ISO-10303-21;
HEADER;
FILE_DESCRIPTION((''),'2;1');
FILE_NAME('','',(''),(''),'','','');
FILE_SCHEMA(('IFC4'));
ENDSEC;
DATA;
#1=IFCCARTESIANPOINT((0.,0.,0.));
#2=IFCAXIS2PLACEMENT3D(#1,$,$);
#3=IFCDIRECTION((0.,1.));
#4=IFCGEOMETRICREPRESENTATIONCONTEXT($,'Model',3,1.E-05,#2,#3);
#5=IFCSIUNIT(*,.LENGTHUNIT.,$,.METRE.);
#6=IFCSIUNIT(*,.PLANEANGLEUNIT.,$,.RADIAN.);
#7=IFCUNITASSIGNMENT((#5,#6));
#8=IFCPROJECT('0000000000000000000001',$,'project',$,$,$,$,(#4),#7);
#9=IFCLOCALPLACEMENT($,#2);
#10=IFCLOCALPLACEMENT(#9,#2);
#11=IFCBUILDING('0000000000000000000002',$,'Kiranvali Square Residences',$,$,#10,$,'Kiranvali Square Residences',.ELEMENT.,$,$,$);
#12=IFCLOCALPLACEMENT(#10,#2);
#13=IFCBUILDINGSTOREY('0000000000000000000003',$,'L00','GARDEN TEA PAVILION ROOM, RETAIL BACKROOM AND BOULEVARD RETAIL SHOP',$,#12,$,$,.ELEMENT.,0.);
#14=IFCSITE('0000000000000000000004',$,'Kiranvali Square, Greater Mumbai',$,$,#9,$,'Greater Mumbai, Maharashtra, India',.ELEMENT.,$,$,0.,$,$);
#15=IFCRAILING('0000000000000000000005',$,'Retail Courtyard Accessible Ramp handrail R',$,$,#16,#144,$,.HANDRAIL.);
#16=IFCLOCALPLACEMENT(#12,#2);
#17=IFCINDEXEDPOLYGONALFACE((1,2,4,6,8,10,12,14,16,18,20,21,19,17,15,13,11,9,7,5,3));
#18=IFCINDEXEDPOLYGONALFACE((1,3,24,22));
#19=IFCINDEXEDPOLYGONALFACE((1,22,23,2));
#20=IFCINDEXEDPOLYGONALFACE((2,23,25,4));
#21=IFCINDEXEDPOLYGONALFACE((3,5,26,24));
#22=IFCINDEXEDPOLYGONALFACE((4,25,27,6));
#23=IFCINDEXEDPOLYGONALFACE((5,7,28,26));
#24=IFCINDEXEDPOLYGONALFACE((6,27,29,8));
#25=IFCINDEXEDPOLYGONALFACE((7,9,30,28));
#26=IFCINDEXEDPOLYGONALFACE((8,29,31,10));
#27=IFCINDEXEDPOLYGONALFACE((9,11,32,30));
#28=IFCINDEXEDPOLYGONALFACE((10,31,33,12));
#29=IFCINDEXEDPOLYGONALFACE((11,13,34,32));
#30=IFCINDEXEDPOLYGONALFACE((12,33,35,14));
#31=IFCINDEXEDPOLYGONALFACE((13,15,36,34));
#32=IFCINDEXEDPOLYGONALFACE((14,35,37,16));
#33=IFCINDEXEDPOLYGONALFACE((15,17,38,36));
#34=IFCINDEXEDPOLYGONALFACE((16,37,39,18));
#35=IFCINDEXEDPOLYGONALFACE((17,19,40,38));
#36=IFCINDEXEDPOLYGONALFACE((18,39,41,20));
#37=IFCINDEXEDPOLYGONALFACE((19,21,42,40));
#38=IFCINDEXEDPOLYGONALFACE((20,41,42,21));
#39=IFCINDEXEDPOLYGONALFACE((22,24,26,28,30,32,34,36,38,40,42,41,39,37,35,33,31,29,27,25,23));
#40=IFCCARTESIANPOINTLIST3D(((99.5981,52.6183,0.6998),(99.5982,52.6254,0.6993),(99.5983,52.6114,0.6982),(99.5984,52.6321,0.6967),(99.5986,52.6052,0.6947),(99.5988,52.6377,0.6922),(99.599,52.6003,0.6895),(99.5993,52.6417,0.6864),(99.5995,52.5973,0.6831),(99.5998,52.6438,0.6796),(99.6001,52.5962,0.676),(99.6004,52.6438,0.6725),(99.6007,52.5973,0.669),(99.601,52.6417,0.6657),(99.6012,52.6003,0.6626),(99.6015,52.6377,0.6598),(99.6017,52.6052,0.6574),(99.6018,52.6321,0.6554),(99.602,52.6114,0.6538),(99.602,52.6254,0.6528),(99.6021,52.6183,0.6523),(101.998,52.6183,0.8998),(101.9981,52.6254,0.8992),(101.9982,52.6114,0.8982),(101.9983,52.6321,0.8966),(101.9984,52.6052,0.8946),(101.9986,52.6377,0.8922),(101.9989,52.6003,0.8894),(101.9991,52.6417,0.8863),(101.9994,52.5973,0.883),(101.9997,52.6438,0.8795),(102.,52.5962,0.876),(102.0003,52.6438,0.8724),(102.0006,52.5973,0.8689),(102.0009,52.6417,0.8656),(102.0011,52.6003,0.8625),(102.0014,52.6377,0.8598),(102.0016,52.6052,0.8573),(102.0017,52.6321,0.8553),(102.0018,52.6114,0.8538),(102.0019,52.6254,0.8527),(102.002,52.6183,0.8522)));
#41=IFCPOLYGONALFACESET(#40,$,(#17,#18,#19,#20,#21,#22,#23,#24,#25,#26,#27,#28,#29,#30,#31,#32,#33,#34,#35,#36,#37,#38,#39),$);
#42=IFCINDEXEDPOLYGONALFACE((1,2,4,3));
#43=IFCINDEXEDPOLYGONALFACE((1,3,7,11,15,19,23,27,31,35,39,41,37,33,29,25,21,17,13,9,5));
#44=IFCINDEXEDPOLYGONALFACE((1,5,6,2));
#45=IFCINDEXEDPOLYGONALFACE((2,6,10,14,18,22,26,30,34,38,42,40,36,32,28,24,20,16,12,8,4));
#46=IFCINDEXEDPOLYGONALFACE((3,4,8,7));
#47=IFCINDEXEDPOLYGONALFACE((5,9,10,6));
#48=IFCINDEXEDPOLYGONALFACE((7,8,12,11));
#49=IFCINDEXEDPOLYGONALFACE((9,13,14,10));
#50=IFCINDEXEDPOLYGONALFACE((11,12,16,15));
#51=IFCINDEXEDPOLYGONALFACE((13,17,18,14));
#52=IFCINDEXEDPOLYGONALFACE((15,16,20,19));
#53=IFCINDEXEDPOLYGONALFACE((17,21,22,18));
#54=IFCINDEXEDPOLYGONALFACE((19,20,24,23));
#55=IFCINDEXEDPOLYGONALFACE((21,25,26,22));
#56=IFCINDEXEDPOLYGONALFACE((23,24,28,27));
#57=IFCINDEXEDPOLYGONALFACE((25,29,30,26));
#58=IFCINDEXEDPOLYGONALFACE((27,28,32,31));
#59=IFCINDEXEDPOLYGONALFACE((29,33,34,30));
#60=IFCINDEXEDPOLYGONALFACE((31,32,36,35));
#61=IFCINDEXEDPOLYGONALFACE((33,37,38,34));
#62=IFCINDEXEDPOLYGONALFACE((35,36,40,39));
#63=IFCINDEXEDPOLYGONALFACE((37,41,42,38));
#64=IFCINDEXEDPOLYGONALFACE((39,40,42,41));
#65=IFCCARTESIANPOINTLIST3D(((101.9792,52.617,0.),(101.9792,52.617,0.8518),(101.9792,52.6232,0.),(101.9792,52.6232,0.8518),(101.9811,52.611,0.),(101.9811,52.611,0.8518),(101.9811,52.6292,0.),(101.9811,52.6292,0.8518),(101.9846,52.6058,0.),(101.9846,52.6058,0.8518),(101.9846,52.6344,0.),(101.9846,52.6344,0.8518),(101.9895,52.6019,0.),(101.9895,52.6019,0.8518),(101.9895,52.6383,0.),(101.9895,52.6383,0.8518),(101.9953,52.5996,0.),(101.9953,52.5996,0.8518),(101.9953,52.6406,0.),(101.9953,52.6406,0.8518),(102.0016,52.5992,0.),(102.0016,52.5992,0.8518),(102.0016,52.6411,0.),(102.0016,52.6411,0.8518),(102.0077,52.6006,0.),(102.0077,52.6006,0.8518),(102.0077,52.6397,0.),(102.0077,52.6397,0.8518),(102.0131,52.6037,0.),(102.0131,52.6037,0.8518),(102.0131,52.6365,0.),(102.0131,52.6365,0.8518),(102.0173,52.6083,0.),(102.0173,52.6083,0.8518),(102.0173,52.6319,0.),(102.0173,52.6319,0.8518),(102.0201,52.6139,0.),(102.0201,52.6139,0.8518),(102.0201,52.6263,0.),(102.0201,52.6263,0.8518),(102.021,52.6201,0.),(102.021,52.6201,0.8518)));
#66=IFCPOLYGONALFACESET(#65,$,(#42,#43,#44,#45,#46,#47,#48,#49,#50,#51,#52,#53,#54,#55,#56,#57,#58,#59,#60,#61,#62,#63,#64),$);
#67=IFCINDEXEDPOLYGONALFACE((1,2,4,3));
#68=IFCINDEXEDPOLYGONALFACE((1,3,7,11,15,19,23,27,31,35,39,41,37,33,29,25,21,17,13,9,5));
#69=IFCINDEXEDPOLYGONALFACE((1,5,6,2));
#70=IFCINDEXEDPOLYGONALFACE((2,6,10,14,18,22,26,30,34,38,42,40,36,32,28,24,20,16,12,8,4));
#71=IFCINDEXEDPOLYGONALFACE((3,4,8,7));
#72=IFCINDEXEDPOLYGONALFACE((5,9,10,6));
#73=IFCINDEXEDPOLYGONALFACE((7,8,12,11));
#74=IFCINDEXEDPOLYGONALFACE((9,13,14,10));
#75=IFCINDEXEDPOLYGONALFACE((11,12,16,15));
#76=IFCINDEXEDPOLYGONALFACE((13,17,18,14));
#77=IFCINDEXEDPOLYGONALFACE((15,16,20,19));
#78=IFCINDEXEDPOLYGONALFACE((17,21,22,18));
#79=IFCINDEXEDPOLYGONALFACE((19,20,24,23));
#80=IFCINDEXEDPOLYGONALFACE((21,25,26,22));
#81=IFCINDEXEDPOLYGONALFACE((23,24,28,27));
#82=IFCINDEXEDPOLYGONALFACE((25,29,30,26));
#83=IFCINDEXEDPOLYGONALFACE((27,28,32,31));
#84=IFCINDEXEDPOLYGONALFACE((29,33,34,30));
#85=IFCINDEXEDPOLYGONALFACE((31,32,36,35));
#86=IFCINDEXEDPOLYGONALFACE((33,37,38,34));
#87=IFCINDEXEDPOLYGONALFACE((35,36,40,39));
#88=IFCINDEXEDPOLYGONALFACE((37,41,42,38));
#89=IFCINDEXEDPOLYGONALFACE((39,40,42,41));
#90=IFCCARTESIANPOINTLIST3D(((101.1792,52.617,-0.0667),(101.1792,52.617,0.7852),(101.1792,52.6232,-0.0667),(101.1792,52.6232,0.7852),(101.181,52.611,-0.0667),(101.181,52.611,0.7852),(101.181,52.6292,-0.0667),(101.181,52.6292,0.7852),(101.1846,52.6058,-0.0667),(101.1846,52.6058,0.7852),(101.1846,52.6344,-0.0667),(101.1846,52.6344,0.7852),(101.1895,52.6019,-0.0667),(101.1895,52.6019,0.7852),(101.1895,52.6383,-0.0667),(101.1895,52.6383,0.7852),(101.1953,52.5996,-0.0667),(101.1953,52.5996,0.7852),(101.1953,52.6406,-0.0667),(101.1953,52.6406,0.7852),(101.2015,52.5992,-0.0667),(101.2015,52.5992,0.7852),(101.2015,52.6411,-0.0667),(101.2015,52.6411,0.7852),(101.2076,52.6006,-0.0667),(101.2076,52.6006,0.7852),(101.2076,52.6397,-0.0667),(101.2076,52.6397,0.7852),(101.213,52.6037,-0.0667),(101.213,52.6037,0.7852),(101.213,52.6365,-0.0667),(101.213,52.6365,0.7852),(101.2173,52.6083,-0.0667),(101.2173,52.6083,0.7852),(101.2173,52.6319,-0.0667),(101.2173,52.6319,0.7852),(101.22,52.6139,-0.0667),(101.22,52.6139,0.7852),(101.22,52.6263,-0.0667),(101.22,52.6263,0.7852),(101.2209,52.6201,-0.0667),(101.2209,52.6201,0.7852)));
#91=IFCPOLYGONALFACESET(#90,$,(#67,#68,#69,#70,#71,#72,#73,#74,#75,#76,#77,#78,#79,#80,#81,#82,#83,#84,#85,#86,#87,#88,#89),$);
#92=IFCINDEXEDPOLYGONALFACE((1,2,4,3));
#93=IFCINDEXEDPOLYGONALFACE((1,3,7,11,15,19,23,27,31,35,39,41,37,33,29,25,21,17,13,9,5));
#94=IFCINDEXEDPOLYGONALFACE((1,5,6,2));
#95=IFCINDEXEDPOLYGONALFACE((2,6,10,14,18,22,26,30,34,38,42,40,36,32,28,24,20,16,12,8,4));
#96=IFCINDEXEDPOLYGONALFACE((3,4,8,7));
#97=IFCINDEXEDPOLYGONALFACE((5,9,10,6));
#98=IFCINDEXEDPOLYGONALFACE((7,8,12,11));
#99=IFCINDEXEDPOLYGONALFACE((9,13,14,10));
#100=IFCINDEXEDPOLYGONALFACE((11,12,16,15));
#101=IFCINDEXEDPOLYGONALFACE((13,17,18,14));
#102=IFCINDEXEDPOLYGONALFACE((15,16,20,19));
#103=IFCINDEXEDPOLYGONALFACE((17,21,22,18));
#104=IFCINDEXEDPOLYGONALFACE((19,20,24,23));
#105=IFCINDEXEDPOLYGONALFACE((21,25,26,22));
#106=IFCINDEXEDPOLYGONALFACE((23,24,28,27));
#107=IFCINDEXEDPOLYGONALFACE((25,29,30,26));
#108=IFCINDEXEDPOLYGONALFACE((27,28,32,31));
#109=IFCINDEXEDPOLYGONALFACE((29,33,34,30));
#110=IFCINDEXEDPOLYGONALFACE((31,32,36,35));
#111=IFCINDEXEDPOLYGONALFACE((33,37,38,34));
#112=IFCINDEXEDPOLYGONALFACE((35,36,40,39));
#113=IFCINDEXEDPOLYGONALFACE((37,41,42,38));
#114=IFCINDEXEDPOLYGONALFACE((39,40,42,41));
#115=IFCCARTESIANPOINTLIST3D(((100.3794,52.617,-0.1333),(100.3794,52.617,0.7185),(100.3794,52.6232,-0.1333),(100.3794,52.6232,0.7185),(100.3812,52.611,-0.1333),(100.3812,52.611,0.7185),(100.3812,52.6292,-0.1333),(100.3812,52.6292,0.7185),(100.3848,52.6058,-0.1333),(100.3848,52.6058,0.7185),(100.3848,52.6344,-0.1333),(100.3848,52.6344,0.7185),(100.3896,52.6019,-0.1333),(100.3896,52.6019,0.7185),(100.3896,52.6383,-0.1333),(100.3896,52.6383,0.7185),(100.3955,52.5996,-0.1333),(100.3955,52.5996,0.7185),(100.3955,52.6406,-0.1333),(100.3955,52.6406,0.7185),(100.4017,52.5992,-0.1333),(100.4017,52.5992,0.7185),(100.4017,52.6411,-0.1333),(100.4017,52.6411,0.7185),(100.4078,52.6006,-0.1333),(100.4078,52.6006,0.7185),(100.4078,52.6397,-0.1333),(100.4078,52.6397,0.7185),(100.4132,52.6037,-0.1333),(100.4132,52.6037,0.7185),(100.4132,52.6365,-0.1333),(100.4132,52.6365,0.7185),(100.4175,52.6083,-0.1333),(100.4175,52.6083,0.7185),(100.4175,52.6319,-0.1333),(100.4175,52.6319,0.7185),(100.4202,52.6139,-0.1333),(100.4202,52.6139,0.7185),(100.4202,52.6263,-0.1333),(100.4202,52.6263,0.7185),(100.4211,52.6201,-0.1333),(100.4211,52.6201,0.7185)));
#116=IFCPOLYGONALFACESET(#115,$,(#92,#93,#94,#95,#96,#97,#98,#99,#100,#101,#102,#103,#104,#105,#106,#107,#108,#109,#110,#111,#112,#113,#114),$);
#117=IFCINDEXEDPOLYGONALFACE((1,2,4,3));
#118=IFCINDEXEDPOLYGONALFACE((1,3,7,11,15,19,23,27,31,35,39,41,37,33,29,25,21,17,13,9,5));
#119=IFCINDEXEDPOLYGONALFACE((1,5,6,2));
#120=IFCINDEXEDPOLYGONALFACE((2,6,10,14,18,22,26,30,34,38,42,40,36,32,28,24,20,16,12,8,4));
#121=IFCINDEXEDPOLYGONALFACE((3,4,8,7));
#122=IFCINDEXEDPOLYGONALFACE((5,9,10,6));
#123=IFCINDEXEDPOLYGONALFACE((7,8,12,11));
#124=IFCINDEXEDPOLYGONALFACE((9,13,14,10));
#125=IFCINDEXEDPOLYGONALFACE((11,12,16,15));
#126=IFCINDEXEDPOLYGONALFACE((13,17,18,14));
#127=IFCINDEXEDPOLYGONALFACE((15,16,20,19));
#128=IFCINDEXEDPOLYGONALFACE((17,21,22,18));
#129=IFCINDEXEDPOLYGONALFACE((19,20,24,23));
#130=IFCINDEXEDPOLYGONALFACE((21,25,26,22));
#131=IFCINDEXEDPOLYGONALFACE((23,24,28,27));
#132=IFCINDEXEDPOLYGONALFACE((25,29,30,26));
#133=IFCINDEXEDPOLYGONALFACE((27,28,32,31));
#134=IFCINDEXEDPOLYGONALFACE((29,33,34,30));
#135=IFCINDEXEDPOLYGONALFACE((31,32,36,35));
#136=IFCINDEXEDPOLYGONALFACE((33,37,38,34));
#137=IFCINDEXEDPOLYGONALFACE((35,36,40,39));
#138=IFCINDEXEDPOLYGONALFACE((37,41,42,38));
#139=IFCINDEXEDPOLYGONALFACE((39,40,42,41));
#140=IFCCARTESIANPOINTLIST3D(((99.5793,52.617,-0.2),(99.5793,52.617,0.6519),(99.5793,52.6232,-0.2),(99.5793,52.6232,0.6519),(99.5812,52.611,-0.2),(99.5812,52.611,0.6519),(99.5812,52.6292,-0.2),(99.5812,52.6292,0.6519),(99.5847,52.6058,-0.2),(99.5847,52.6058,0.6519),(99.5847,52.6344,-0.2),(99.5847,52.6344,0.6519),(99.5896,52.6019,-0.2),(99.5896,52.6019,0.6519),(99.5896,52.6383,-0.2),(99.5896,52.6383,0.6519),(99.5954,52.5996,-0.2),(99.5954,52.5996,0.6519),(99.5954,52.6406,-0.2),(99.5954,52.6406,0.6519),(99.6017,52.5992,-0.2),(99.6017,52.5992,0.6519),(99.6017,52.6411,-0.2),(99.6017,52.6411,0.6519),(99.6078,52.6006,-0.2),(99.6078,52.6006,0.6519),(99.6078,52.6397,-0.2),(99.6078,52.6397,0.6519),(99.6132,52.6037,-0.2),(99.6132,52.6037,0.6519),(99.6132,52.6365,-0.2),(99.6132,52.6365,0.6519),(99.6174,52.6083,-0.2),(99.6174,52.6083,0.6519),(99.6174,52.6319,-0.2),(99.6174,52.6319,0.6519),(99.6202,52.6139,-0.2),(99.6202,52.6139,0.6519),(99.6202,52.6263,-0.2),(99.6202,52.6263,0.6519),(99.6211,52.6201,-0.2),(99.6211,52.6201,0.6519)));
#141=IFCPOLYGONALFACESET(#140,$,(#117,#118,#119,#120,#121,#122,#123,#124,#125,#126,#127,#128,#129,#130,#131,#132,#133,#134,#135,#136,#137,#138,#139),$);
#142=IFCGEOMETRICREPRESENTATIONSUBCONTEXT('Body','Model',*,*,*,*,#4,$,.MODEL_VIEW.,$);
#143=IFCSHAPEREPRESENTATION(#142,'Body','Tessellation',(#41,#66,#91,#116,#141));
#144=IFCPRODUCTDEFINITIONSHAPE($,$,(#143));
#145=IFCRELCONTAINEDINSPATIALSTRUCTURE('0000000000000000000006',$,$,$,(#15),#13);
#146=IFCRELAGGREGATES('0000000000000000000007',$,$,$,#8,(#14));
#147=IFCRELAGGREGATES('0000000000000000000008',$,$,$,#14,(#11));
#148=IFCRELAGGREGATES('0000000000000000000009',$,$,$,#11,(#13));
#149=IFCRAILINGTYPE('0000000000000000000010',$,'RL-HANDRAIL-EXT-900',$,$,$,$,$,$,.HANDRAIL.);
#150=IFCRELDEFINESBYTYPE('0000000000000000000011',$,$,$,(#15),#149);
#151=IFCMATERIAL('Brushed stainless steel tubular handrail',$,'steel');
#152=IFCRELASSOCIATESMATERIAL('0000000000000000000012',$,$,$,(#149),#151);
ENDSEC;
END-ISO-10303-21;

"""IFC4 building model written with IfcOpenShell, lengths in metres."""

from ifc_helpers import new_model, si_unit, direction, frame, origin, origin_2d, place, context, subcontext, project, spatial, circle, extrude, material, type_object, element, save


model = new_model("IFC4")

# Units and contexts
model_context = context("Model", 3, precision=1e-05, world=origin(), true_north=direction((0.0, 1.0)))
body_context = subcontext(model_context, "Body", "Model", "MODEL_VIEW")
ifc_project = project(units=[si_unit("LENGTHUNIT", "METRE"), si_unit("PLANEANGLEUNIT", "RADIAN")], contexts=[model_context])

# Site, building, storey
site_placement = place(None, origin())
site = spatial("IfcSite", under=ifc_project, at=site_placement, Name="Kiranvali Square, Greater Mumbai", LongName="Greater Mumbai, Maharashtra, India", CompositionType="ELEMENT", RefElevation=0.0)
building_placement = place(site_placement, origin())
building = spatial("IfcBuilding", under=site, at=building_placement, Name="Kiranvali Square Residences", LongName="Kiranvali Square Residences", CompositionType="ELEMENT")
storey_placement = place(building_placement, origin())
storey = spatial("IfcBuildingStorey", under=building, at=storey_placement, Name="L00", Description="GARDEN TEA PAVILION ROOM, RETAIL BACKROOM AND BOULEVARD RETAIL SHOP", CompositionType="ELEMENT", Elevation=0.0)

# Railing
ifc_material_1 = material(Name="Brushed stainless steel tubular handrail", Category="steel")
railing_type = type_object("IfcRailingType", Name="RL-HANDRAIL-EXT-900", PredefinedType="HANDRAIL", material=ifc_material_1)
for number, where, name in (
    (1, (102.0, 52.6201, 0.0), "Retail Courtyard Accessible Ramp handrail R"),
):
    element("IfcRailing", number, at=place(storey_placement, frame(where)), inside=storey, type_object=railing_type, Name=name, PredefinedType="HANDRAIL", context=body_context, shape_type="SweptSolid", body=[
        extrude(circle(Radius=0.0239, at=origin_2d()), frame((0.0, 0.0, 0.876), z_axis=(-0.996547, 0.0, -0.083029), x_axis=(0.0, -1.0, 0.0)), (0.0, 0.0, 1.0), 2.4082),
        extrude(circle(Radius=0.021, at=origin_2d()), origin(), (0.0, 0.0, 1.0), 0.8518),
        extrude(circle(Radius=0.021, at=origin_2d()), frame((-0.8, 0.0, -0.0667)), (0.0, 0.0, 1.0), 0.8518),
        extrude(circle(Radius=0.021, at=origin_2d()), frame((-1.5999, 0.0, -0.1333)), (0.0, 0.0, 1.0), 0.8518),
        extrude(circle(Radius=0.021, at=origin_2d()), frame((-2.3999, 0.0, -0.2)), (0.0, 0.0, 1.0), 0.8518),
    ])

save(model, "model.ifc")
